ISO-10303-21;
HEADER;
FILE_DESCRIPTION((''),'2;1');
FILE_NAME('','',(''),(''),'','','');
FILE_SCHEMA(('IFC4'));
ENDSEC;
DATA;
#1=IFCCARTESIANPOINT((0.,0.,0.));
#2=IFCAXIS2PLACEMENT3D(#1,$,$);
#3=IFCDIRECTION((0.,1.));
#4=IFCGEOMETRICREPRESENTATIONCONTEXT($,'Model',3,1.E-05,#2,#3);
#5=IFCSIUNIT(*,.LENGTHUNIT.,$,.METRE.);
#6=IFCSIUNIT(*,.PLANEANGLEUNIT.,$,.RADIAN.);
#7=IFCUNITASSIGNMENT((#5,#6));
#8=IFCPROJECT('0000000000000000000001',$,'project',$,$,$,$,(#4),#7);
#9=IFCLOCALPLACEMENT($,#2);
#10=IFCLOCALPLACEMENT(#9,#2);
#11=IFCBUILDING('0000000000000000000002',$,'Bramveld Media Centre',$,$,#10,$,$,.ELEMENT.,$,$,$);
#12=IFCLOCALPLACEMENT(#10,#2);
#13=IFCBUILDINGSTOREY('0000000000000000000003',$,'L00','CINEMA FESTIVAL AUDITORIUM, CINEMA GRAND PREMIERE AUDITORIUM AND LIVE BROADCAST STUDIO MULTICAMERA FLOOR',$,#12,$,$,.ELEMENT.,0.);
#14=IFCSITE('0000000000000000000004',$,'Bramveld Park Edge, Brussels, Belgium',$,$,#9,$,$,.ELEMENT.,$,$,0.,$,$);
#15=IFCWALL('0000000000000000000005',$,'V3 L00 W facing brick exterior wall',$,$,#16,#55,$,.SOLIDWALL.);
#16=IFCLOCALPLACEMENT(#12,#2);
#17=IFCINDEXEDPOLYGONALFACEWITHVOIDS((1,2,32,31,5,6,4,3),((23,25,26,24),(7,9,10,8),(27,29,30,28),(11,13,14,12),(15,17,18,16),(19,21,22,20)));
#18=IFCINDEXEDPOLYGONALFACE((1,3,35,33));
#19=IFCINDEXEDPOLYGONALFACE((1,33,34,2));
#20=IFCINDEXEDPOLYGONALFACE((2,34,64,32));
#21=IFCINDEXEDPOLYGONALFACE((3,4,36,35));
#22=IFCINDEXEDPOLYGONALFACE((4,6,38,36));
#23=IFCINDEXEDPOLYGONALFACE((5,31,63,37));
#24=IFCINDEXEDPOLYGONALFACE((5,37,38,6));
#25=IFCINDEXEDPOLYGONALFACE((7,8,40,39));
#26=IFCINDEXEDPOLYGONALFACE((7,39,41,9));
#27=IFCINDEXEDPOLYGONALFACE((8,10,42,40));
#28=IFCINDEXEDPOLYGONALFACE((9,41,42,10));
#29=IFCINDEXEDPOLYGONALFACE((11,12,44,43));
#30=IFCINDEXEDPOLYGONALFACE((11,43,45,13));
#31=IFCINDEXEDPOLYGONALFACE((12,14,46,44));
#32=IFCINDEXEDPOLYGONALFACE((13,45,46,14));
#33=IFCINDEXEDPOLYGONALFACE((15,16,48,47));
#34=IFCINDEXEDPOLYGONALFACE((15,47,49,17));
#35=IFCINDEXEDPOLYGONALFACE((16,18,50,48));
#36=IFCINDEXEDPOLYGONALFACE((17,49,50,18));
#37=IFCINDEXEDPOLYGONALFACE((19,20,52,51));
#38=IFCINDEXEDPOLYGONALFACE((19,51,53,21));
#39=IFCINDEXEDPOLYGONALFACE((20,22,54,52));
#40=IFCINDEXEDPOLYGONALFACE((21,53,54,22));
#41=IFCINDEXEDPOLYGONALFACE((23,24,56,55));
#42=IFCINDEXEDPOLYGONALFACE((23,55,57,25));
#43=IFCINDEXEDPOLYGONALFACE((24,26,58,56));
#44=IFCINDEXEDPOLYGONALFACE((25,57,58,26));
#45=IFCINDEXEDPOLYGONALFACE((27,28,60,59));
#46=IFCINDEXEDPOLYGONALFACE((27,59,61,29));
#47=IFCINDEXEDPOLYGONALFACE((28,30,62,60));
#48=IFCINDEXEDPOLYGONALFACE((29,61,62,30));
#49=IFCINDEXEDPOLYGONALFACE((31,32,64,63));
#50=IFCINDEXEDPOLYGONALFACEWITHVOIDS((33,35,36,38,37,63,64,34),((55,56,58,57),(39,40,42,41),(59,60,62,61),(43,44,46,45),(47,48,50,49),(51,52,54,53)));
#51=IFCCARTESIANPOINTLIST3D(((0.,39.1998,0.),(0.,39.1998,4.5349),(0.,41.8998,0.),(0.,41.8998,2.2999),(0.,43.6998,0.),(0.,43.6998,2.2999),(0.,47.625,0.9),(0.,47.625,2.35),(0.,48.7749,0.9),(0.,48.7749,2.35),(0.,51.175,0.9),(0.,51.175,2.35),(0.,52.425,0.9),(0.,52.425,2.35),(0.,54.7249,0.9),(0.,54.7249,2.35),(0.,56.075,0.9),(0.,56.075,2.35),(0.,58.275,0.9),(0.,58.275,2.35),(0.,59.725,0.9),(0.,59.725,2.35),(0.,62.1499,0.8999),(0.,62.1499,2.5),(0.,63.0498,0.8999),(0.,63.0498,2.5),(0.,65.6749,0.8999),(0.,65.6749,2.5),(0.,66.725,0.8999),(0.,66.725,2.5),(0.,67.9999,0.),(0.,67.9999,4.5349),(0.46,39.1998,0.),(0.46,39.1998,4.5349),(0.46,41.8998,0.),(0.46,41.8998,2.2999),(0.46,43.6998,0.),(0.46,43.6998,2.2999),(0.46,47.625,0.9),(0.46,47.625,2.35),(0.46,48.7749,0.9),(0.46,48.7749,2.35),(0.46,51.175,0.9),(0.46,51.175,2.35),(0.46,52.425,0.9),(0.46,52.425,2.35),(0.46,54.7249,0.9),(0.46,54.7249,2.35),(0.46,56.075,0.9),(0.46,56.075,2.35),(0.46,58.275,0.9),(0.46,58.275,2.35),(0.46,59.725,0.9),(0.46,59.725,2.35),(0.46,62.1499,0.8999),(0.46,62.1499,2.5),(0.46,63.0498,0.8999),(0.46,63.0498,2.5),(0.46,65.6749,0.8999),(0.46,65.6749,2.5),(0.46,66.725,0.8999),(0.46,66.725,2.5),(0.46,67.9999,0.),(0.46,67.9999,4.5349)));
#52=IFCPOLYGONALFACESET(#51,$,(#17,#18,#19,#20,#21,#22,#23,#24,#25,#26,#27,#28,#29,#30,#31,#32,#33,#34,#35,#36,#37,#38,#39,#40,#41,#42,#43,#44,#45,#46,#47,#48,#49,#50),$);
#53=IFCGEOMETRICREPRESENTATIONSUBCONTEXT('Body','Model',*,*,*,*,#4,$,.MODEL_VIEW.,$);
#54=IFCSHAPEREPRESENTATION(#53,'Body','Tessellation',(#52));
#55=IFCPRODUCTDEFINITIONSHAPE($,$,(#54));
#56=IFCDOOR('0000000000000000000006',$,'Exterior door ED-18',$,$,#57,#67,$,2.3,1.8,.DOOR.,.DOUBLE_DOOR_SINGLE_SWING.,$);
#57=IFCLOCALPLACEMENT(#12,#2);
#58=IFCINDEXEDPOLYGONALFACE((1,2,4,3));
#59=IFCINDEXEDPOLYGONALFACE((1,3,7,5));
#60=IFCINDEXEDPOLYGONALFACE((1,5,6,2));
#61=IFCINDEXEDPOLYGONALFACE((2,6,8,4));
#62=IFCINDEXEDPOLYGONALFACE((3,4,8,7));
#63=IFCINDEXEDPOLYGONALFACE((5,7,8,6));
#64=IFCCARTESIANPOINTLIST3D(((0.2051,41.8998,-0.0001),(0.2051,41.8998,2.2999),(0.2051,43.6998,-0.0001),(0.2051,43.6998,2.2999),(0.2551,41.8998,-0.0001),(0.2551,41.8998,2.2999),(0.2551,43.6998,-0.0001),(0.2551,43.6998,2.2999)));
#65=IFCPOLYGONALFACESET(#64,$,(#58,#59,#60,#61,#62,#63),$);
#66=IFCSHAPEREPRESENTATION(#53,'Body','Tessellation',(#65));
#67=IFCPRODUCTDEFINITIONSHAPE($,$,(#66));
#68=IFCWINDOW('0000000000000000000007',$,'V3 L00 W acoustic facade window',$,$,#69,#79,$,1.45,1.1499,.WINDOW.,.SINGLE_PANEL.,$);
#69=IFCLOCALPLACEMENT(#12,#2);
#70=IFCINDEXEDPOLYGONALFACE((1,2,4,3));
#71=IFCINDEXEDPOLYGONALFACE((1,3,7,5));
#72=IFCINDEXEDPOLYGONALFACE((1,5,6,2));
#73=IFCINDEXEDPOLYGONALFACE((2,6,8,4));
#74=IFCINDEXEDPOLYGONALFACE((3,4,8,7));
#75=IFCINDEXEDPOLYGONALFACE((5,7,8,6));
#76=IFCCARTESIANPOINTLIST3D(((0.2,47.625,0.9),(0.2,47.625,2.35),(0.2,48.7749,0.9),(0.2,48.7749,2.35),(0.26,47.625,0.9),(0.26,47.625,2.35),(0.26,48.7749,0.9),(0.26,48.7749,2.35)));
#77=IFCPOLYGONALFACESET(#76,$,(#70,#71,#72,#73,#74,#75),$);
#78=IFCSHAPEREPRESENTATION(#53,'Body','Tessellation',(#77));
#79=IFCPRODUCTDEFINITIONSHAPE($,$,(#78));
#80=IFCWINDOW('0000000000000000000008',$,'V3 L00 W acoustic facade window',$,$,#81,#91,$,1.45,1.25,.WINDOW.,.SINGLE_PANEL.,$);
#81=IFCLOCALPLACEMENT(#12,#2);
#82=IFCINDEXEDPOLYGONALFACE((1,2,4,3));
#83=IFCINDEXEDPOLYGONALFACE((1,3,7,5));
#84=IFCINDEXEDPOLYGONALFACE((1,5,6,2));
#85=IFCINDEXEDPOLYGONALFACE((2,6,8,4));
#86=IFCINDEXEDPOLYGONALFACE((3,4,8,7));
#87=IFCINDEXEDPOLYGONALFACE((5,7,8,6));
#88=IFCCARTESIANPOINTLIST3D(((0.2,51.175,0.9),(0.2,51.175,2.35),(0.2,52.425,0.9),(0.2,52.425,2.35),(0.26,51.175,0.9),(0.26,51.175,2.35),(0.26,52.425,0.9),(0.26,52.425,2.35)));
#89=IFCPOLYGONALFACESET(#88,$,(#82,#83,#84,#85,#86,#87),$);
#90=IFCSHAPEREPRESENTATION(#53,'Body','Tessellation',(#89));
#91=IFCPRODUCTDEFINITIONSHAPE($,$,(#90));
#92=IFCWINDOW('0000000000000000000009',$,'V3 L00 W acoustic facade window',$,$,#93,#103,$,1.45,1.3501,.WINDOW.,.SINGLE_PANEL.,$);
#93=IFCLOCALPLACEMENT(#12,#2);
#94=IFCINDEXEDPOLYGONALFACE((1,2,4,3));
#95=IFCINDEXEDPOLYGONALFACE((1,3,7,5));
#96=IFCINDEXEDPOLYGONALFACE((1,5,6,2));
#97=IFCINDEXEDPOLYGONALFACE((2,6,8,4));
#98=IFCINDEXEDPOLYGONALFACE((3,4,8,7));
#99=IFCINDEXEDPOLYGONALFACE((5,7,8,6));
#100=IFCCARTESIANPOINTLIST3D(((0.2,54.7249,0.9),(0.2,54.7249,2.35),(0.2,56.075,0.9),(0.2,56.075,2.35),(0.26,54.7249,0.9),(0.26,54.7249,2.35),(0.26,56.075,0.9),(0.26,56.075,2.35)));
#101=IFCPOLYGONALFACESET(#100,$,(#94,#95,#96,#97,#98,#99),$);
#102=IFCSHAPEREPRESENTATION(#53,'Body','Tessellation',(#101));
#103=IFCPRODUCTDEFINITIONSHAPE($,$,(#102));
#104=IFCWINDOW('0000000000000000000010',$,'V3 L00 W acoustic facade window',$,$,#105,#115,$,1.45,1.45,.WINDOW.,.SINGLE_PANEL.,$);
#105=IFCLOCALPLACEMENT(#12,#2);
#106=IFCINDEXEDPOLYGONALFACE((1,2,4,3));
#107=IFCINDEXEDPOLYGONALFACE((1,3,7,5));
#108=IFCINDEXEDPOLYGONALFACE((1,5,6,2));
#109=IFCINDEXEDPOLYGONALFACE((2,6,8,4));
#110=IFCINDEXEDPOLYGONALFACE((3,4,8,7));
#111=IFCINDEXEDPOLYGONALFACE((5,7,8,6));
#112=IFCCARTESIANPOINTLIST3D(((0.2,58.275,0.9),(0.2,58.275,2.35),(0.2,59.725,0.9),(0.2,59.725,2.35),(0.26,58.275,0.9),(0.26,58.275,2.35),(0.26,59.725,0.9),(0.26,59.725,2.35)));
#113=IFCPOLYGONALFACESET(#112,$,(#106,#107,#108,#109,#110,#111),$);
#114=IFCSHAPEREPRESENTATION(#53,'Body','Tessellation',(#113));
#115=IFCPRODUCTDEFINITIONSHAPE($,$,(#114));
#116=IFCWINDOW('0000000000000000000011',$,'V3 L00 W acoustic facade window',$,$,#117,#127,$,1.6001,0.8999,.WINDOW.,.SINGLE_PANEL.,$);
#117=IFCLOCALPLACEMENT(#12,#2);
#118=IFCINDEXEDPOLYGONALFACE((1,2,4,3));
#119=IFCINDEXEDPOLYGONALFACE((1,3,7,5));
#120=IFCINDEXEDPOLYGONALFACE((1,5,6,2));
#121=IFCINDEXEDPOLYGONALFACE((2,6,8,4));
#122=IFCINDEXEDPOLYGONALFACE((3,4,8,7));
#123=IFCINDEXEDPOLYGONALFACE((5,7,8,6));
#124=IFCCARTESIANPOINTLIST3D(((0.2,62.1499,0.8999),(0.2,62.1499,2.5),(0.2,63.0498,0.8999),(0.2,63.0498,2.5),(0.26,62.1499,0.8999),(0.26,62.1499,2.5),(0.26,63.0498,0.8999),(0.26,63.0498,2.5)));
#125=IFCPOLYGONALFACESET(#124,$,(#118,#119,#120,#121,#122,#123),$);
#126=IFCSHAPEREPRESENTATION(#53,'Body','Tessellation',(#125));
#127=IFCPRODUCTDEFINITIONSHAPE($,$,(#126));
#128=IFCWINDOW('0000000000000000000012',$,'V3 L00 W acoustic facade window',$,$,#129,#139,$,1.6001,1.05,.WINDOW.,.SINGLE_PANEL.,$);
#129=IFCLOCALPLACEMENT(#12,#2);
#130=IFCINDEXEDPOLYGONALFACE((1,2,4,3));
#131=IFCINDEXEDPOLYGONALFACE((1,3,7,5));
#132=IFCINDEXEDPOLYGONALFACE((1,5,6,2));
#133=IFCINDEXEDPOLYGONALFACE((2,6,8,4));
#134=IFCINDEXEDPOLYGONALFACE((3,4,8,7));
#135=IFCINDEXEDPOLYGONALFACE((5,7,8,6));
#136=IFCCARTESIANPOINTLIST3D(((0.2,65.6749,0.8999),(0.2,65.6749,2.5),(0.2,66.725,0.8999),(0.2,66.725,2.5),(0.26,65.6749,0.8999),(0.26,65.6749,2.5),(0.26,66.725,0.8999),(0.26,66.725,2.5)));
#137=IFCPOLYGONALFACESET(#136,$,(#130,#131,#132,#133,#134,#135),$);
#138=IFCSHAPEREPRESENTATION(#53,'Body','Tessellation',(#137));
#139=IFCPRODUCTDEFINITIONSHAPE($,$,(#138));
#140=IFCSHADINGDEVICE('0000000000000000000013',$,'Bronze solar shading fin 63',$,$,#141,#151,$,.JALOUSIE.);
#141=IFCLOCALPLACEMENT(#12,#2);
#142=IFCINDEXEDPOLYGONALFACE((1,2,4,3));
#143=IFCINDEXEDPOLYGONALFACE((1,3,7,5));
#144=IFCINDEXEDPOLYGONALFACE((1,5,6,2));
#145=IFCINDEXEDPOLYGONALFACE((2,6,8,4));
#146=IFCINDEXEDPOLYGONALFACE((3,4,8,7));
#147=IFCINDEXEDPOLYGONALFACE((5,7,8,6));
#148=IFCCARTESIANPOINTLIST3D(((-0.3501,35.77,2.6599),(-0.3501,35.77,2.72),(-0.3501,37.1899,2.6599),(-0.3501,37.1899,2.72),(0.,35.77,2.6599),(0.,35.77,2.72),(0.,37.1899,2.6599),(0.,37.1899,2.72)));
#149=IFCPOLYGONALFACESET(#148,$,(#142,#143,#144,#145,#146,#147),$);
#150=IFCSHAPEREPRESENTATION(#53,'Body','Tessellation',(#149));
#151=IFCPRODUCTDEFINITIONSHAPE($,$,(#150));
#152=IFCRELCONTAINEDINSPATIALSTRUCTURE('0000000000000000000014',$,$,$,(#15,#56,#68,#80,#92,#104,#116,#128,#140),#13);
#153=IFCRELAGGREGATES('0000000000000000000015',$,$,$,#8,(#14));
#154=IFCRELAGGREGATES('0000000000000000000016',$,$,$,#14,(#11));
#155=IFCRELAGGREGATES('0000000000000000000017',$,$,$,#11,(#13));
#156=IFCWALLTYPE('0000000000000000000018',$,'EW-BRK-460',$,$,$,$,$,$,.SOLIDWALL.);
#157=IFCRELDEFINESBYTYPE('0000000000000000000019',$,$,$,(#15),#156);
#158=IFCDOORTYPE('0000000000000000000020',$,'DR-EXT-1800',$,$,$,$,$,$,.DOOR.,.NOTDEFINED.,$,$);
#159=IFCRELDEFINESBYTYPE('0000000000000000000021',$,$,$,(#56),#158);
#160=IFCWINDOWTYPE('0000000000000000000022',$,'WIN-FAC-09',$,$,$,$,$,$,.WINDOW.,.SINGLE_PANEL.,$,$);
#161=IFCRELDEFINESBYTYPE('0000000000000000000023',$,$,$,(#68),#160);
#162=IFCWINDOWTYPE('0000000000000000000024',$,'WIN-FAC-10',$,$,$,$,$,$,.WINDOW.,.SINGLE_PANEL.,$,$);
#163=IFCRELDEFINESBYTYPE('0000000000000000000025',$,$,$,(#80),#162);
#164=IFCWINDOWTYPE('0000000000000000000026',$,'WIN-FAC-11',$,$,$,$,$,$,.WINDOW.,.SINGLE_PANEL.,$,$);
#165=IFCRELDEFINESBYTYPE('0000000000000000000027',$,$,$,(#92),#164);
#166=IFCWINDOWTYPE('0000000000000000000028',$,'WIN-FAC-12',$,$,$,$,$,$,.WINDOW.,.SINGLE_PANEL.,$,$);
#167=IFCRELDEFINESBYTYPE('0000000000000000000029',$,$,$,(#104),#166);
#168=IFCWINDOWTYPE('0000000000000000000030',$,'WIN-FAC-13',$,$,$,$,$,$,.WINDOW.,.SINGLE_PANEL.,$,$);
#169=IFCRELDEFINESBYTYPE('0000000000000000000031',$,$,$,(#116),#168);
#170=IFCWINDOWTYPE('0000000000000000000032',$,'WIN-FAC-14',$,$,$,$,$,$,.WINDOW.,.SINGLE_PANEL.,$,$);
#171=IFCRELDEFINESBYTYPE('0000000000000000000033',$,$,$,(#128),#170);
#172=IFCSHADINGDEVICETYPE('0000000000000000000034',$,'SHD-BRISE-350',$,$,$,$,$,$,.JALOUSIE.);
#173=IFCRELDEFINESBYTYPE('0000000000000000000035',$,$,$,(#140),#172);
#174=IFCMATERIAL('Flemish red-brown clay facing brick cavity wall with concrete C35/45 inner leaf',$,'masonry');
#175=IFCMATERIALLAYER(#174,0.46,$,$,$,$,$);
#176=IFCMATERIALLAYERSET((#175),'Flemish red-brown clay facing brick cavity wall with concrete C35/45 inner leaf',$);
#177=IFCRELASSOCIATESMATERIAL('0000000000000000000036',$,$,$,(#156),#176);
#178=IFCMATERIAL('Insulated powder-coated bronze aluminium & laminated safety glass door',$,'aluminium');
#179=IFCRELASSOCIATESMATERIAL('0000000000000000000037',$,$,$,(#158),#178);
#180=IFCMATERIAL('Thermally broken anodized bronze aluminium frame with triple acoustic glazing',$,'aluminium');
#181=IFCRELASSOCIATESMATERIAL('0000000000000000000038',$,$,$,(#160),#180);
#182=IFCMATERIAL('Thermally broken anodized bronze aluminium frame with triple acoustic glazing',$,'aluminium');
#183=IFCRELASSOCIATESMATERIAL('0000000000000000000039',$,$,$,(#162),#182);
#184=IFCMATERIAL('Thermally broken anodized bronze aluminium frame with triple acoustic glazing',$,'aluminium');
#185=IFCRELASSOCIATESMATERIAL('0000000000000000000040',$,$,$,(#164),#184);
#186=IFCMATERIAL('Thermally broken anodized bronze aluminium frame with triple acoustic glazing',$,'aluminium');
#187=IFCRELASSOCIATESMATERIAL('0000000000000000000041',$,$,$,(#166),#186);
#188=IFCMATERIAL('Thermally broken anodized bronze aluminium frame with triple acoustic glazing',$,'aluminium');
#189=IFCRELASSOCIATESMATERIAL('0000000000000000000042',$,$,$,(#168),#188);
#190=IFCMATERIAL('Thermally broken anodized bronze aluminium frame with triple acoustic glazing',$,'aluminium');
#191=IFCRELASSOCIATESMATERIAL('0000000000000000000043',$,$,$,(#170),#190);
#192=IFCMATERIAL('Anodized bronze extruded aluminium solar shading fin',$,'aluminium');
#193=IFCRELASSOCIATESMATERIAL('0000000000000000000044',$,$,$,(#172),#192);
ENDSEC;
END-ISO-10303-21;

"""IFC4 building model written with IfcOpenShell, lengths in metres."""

from ifc_helpers import new_model, si_unit, direction, frame, frame_2d, origin, origin_2d, place, context, subcontext, project, spatial, rectangle, extrude, material, layer, layer_set, type_object, element, fill, save


model = new_model("IFC4")

# Units and contexts
model_context = context("Model", 3, precision=1e-05, world=origin(), true_north=direction((0.0, 1.0)))
body_context = subcontext(model_context, "Body", "Model", "MODEL_VIEW")
ifc_project = project(units=[si_unit("LENGTHUNIT", "METRE"), si_unit("PLANEANGLEUNIT", "RADIAN")], contexts=[model_context])

# Site, building, storey
site_placement = place(None, origin())
site = spatial("IfcSite", under=ifc_project, at=site_placement, Name="Bramveld Park Edge, Brussels, Belgium", CompositionType="ELEMENT", RefElevation=0.0)
building_placement = place(site_placement, origin())
building = spatial("IfcBuilding", under=site, at=building_placement, Name="Bramveld Media Centre", CompositionType="ELEMENT")
storey_placement = place(building_placement, origin())
storey = spatial("IfcBuildingStorey", under=building, at=storey_placement, Name="L00", Description="CINEMA FESTIVAL AUDITORIUM, CINEMA GRAND PREMIERE AUDITORIUM AND LIVE BROADCAST STUDIO MULTICAMERA FLOOR", CompositionType="ELEMENT", Elevation=0.0)

# Wall, openings, door, windows
ifc_material_1 = material(Name="Flemish red-brown clay facing brick cavity wall with concrete C35/45 inner leaf", Category="masonry")
ifc_layer = layer(ifc_material_1, 0.46)
ifc_layer_set = layer_set([ifc_layer], Name="Flemish red-brown clay facing brick cavity wall with concrete C35/45 inner leaf")
wall_type = type_object("IfcWallType", Name="EW-BRK-460", PredefinedType="SOLIDWALL", material=ifc_layer_set)
wall_placement = place(storey_placement, frame((0.23, 39.2, 0.0), z_axis=(0.0, 0.0, 1.0), x_axis=(0.0, 1.0, 0.0)))
wall = element("IfcWall", 1, at=wall_placement, inside=storey, type_object=wall_type, Name="V3 L00 W facing brick exterior wall", PredefinedType="SOLIDWALL", context=body_context, shape_type="SweptSolid", body=[
    extrude(rectangle(XDim=28.8, YDim=0.46, at=frame_2d((14.3999, 0.0))), origin(), (0.0, 0.0, 1.0), 4.5349),
])
opening_1_placement = place(wall_placement, frame((2.7, 0.0, 0.0)))
opening_1 = element("IfcOpeningElement", 2, at=opening_1_placement, cuts=wall, PredefinedType="OPENING", context=body_context, shape_type="SweptSolid", body=[
    extrude(rectangle(XDim=1.8, YDim=2.3, at=frame_2d((0.8999, 1.1499))), frame((0.0, 0.2419, 0.0), z_axis=(0.0, -1.0, 0.0), x_axis=(1.0, 0.0, 0.0)), (0.0, 0.0, 1.0), 0.4839),
])
opening_2_placement = place(wall_placement, frame((8.425, 0.0, 0.8999)))
opening_2 = element("IfcOpeningElement", 3, at=opening_2_placement, cuts=wall, PredefinedType="OPENING", context=body_context, shape_type="SweptSolid", body=[
    extrude(rectangle(XDim=1.1499, YDim=1.45, at=frame_2d((0.575, 0.7251))), frame((0.0, 0.2419, 0.0), z_axis=(0.0, -1.0, 0.0), x_axis=(1.0, 0.0, 0.0)), (0.0, 0.0, 1.0), 0.4839),
])
opening_3_placement = place(wall_placement, frame((11.9751, 0.0, 0.8999)))
opening_3 = element("IfcOpeningElement", 4, at=opening_3_placement, cuts=wall, PredefinedType="OPENING", context=body_context, shape_type="SweptSolid", body=[
    extrude(rectangle(XDim=1.25, YDim=1.45, at=frame_2d((0.625, 0.7251))), frame((0.0, 0.2419, 0.0), z_axis=(0.0, -1.0, 0.0), x_axis=(1.0, 0.0, 0.0)), (0.0, 0.0, 1.0), 0.4839),
])
opening_4_placement = place(wall_placement, frame((15.5249, 0.0, 0.8999)))
opening_4 = element("IfcOpeningElement", 5, at=opening_4_placement, cuts=wall, PredefinedType="OPENING", context=body_context, shape_type="SweptSolid", body=[
    extrude(rectangle(XDim=1.3501, YDim=1.45, at=frame_2d((0.675, 0.7251))), frame((0.0, 0.2419, 0.0), z_axis=(0.0, -1.0, 0.0), x_axis=(1.0, 0.0, 0.0)), (0.0, 0.0, 1.0), 0.4839),
])
opening_5_placement = place(wall_placement, frame((19.075, 0.0, 0.8999)))
opening_5 = element("IfcOpeningElement", 6, at=opening_5_placement, cuts=wall, PredefinedType="OPENING", context=body_context, shape_type="SweptSolid", body=[
    extrude(rectangle(XDim=1.45, YDim=1.45, at=frame_2d((0.7251, 0.7251))), frame((0.0, 0.2419, 0.0), z_axis=(0.0, -1.0, 0.0), x_axis=(1.0, 0.0, 0.0)), (0.0, 0.0, 1.0), 0.4839),
])
opening_6_placement = place(wall_placement, frame((22.95, 0.0, 0.8999)))
opening_6 = element("IfcOpeningElement", 7, at=opening_6_placement, cuts=wall, PredefinedType="OPENING", context=body_context, shape_type="SweptSolid", body=[
    extrude(rectangle(XDim=0.8999, YDim=1.6001, at=frame_2d((0.45, 0.8))), frame((0.0, 0.2419, 0.0), z_axis=(0.0, -1.0, 0.0), x_axis=(1.0, 0.0, 0.0)), (0.0, 0.0, 1.0), 0.4839),
])
opening_7_placement = place(wall_placement, frame((26.4751, 0.0, 0.8999)))
opening_7 = element("IfcOpeningElement", 8, at=opening_7_placement, cuts=wall, PredefinedType="OPENING", context=body_context, shape_type="SweptSolid", body=[
    extrude(rectangle(XDim=1.05, YDim=1.6001, at=frame_2d((0.5249, 0.8))), frame((0.0, 0.2419, 0.0), z_axis=(0.0, -1.0, 0.0), x_axis=(1.0, 0.0, 0.0)), (0.0, 0.0, 1.0), 0.4839),
])
ifc_material_2 = material(Name="Insulated powder-coated bronze aluminium & laminated safety glass door", Category="aluminium")
door_type = type_object("IfcDoorType", Name="DR-EXT-1800", OperationType="NOTDEFINED", PredefinedType="DOOR", material=ifc_material_2)
door_placement = place(opening_1_placement, origin())
door = element("IfcDoor", 9, at=door_placement, inside=storey, type_object=door_type, Name="Exterior door ED-18", OperationType="DOUBLE_DOOR_SINGLE_SWING", OverallHeight=2.3, OverallWidth=1.8, PredefinedType="DOOR", context=body_context, shape_type="SweptSolid", body=[
    extrude(rectangle(XDim=1.8, YDim=2.3, at=frame_2d((0.8999, 1.1499))), frame((0.0, 0.0249, 0.0), z_axis=(0.0, -1.0, 0.0), x_axis=(1.0, 0.0, 0.0)), (0.0, 0.0, 1.0), 0.05),
])
fill(opening_1, door)
ifc_material_3 = material(Name="Thermally broken anodized bronze aluminium frame with triple acoustic glazing", Category="aluminium")
window_type_1 = type_object("IfcWindowType", Name="WIN-FAC-09", PartitioningType="SINGLE_PANEL", PredefinedType="WINDOW", material=ifc_material_3)
window_1_placement = place(opening_2_placement, origin())
window_1 = element("IfcWindow", 10, at=window_1_placement, inside=storey, type_object=window_type_1, Name="V3 L00 W acoustic facade window", OverallHeight=1.45, OverallWidth=1.1499, PartitioningType="SINGLE_PANEL", PredefinedType="WINDOW", context=body_context, shape_type="SweptSolid", body=[
    extrude(rectangle(XDim=1.1499, YDim=1.45, at=frame_2d((0.575, 0.7251))), frame((0.0, 0.03, 0.0), z_axis=(0.0, -1.0, 0.0), x_axis=(1.0, 0.0, 0.0)), (0.0, 0.0, 1.0), 0.0601),
])
fill(opening_2, window_1)
ifc_material_4 = material(Name="Thermally broken anodized bronze aluminium frame with triple acoustic glazing", Category="aluminium")
window_type_2 = type_object("IfcWindowType", Name="WIN-FAC-10", PartitioningType="SINGLE_PANEL", PredefinedType="WINDOW", material=ifc_material_4)
window_2_placement = place(opening_3_placement, origin())
window_2 = element("IfcWindow", 11, at=window_2_placement, inside=storey, type_object=window_type_2, Name="V3 L00 W acoustic facade window", OverallHeight=1.45, OverallWidth=1.25, PartitioningType="SINGLE_PANEL", PredefinedType="WINDOW", context=body_context, shape_type="SweptSolid", body=[
    extrude(rectangle(XDim=1.25, YDim=1.45, at=frame_2d((0.625, 0.7251))), frame((0.0, 0.03, 0.0), z_axis=(0.0, -1.0, 0.0), x_axis=(1.0, 0.0, 0.0)), (0.0, 0.0, 1.0), 0.0601),
])
fill(opening_3, window_2)
ifc_material_5 = material(Name="Thermally broken anodized bronze aluminium frame with triple acoustic glazing", Category="aluminium")
window_type_3 = type_object("IfcWindowType", Name="WIN-FAC-11", PartitioningType="SINGLE_PANEL", PredefinedType="WINDOW", material=ifc_material_5)
window_3_placement = place(opening_4_placement, origin())
window_3 = element("IfcWindow", 12, at=window_3_placement, inside=storey, type_object=window_type_3, Name="V3 L00 W acoustic facade window", OverallHeight=1.45, OverallWidth=1.3501, PartitioningType="SINGLE_PANEL", PredefinedType="WINDOW", context=body_context, shape_type="SweptSolid", body=[
    extrude(rectangle(XDim=1.3501, YDim=1.45, at=frame_2d((0.675, 0.7251))), frame((0.0, 0.03, 0.0), z_axis=(0.0, -1.0, 0.0), x_axis=(1.0, 0.0, 0.0)), (0.0, 0.0, 1.0), 0.0601),
])
fill(opening_4, window_3)
ifc_material_6 = material(Name="Thermally broken anodized bronze aluminium frame with triple acoustic glazing", Category="aluminium")
window_type_4 = type_object("IfcWindowType", Name="WIN-FAC-12", PartitioningType="SINGLE_PANEL", PredefinedType="WINDOW", material=ifc_material_6)
window_4_placement = place(opening_5_placement, origin())
window_4 = element("IfcWindow", 13, at=window_4_placement, inside=storey, type_object=window_type_4, Name="V3 L00 W acoustic facade window", OverallHeight=1.45, OverallWidth=1.45, PartitioningType="SINGLE_PANEL", PredefinedType="WINDOW", context=body_context, shape_type="SweptSolid", body=[
    extrude(rectangle(XDim=1.45, YDim=1.45, at=frame_2d((0.7251, 0.7251))), frame((0.0, 0.03, 0.0), z_axis=(0.0, -1.0, 0.0), x_axis=(1.0, 0.0, 0.0)), (0.0, 0.0, 1.0), 0.0601),
])
fill(opening_5, window_4)
ifc_material_7 = material(Name="Thermally broken anodized bronze aluminium frame with triple acoustic glazing", Category="aluminium")
window_type_5 = type_object("IfcWindowType", Name="WIN-FAC-13", PartitioningType="SINGLE_PANEL", PredefinedType="WINDOW", material=ifc_material_7)
window_5_placement = place(opening_6_placement, origin())
window_5 = element("IfcWindow", 14, at=window_5_placement, inside=storey, type_object=window_type_5, Name="V3 L00 W acoustic facade window", OverallHeight=1.6001, OverallWidth=0.8999, PartitioningType="SINGLE_PANEL", PredefinedType="WINDOW", context=body_context, shape_type="SweptSolid", body=[
    extrude(rectangle(XDim=0.8999, YDim=1.6001, at=frame_2d((0.45, 0.8))), frame((0.0, 0.03, 0.0), z_axis=(0.0, -1.0, 0.0), x_axis=(1.0, 0.0, 0.0)), (0.0, 0.0, 1.0), 0.0601),
])
fill(opening_6, window_5)
ifc_material_8 = material(Name="Thermally broken anodized bronze aluminium frame with triple acoustic glazing", Category="aluminium")
window_type_6 = type_object("IfcWindowType", Name="WIN-FAC-14", PartitioningType="SINGLE_PANEL", PredefinedType="WINDOW", material=ifc_material_8)
window_6_placement = place(opening_7_placement, origin())
window_6 = element("IfcWindow", 15, at=window_6_placement, inside=storey, type_object=window_type_6, Name="V3 L00 W acoustic facade window", OverallHeight=1.6001, OverallWidth=1.05, PartitioningType="SINGLE_PANEL", PredefinedType="WINDOW", context=body_context, shape_type="SweptSolid", body=[
    extrude(rectangle(XDim=1.05, YDim=1.6001, at=frame_2d((0.5249, 0.8))), frame((0.0, 0.03, 0.0), z_axis=(0.0, -1.0, 0.0), x_axis=(1.0, 0.0, 0.0)), (0.0, 0.0, 1.0), 0.0601),
])
fill(opening_7, window_6)

# Shading device
ifc_material_9 = material(Name="Anodized bronze extruded aluminium solar shading fin", Category="aluminium")
shading_device_type_1 = type_object("IfcShadingDeviceType", Name="SHD-BRISE-350", PredefinedType="JALOUSIE", material=ifc_material_9)
shading_device_1_placement = place(storey_placement, frame((-0.175, 36.48, 2.6599), z_axis=(0.0, 0.0, 1.0), x_axis=(1.0, 0.0, 0.0)))
element("IfcShadingDevice", 16, at=shading_device_1_placement, inside=storey, type_object=shading_device_type_1, Name="Bronze solar shading fin 63", PredefinedType="JALOUSIE", context=body_context, shape_type="SweptSolid", body=[
    extrude(rectangle(XDim=0.3501, YDim=1.4199, at=origin_2d()), origin(), (0.0, 0.0, 1.0), 0.0601),
])

save(model, "model.ifc")
